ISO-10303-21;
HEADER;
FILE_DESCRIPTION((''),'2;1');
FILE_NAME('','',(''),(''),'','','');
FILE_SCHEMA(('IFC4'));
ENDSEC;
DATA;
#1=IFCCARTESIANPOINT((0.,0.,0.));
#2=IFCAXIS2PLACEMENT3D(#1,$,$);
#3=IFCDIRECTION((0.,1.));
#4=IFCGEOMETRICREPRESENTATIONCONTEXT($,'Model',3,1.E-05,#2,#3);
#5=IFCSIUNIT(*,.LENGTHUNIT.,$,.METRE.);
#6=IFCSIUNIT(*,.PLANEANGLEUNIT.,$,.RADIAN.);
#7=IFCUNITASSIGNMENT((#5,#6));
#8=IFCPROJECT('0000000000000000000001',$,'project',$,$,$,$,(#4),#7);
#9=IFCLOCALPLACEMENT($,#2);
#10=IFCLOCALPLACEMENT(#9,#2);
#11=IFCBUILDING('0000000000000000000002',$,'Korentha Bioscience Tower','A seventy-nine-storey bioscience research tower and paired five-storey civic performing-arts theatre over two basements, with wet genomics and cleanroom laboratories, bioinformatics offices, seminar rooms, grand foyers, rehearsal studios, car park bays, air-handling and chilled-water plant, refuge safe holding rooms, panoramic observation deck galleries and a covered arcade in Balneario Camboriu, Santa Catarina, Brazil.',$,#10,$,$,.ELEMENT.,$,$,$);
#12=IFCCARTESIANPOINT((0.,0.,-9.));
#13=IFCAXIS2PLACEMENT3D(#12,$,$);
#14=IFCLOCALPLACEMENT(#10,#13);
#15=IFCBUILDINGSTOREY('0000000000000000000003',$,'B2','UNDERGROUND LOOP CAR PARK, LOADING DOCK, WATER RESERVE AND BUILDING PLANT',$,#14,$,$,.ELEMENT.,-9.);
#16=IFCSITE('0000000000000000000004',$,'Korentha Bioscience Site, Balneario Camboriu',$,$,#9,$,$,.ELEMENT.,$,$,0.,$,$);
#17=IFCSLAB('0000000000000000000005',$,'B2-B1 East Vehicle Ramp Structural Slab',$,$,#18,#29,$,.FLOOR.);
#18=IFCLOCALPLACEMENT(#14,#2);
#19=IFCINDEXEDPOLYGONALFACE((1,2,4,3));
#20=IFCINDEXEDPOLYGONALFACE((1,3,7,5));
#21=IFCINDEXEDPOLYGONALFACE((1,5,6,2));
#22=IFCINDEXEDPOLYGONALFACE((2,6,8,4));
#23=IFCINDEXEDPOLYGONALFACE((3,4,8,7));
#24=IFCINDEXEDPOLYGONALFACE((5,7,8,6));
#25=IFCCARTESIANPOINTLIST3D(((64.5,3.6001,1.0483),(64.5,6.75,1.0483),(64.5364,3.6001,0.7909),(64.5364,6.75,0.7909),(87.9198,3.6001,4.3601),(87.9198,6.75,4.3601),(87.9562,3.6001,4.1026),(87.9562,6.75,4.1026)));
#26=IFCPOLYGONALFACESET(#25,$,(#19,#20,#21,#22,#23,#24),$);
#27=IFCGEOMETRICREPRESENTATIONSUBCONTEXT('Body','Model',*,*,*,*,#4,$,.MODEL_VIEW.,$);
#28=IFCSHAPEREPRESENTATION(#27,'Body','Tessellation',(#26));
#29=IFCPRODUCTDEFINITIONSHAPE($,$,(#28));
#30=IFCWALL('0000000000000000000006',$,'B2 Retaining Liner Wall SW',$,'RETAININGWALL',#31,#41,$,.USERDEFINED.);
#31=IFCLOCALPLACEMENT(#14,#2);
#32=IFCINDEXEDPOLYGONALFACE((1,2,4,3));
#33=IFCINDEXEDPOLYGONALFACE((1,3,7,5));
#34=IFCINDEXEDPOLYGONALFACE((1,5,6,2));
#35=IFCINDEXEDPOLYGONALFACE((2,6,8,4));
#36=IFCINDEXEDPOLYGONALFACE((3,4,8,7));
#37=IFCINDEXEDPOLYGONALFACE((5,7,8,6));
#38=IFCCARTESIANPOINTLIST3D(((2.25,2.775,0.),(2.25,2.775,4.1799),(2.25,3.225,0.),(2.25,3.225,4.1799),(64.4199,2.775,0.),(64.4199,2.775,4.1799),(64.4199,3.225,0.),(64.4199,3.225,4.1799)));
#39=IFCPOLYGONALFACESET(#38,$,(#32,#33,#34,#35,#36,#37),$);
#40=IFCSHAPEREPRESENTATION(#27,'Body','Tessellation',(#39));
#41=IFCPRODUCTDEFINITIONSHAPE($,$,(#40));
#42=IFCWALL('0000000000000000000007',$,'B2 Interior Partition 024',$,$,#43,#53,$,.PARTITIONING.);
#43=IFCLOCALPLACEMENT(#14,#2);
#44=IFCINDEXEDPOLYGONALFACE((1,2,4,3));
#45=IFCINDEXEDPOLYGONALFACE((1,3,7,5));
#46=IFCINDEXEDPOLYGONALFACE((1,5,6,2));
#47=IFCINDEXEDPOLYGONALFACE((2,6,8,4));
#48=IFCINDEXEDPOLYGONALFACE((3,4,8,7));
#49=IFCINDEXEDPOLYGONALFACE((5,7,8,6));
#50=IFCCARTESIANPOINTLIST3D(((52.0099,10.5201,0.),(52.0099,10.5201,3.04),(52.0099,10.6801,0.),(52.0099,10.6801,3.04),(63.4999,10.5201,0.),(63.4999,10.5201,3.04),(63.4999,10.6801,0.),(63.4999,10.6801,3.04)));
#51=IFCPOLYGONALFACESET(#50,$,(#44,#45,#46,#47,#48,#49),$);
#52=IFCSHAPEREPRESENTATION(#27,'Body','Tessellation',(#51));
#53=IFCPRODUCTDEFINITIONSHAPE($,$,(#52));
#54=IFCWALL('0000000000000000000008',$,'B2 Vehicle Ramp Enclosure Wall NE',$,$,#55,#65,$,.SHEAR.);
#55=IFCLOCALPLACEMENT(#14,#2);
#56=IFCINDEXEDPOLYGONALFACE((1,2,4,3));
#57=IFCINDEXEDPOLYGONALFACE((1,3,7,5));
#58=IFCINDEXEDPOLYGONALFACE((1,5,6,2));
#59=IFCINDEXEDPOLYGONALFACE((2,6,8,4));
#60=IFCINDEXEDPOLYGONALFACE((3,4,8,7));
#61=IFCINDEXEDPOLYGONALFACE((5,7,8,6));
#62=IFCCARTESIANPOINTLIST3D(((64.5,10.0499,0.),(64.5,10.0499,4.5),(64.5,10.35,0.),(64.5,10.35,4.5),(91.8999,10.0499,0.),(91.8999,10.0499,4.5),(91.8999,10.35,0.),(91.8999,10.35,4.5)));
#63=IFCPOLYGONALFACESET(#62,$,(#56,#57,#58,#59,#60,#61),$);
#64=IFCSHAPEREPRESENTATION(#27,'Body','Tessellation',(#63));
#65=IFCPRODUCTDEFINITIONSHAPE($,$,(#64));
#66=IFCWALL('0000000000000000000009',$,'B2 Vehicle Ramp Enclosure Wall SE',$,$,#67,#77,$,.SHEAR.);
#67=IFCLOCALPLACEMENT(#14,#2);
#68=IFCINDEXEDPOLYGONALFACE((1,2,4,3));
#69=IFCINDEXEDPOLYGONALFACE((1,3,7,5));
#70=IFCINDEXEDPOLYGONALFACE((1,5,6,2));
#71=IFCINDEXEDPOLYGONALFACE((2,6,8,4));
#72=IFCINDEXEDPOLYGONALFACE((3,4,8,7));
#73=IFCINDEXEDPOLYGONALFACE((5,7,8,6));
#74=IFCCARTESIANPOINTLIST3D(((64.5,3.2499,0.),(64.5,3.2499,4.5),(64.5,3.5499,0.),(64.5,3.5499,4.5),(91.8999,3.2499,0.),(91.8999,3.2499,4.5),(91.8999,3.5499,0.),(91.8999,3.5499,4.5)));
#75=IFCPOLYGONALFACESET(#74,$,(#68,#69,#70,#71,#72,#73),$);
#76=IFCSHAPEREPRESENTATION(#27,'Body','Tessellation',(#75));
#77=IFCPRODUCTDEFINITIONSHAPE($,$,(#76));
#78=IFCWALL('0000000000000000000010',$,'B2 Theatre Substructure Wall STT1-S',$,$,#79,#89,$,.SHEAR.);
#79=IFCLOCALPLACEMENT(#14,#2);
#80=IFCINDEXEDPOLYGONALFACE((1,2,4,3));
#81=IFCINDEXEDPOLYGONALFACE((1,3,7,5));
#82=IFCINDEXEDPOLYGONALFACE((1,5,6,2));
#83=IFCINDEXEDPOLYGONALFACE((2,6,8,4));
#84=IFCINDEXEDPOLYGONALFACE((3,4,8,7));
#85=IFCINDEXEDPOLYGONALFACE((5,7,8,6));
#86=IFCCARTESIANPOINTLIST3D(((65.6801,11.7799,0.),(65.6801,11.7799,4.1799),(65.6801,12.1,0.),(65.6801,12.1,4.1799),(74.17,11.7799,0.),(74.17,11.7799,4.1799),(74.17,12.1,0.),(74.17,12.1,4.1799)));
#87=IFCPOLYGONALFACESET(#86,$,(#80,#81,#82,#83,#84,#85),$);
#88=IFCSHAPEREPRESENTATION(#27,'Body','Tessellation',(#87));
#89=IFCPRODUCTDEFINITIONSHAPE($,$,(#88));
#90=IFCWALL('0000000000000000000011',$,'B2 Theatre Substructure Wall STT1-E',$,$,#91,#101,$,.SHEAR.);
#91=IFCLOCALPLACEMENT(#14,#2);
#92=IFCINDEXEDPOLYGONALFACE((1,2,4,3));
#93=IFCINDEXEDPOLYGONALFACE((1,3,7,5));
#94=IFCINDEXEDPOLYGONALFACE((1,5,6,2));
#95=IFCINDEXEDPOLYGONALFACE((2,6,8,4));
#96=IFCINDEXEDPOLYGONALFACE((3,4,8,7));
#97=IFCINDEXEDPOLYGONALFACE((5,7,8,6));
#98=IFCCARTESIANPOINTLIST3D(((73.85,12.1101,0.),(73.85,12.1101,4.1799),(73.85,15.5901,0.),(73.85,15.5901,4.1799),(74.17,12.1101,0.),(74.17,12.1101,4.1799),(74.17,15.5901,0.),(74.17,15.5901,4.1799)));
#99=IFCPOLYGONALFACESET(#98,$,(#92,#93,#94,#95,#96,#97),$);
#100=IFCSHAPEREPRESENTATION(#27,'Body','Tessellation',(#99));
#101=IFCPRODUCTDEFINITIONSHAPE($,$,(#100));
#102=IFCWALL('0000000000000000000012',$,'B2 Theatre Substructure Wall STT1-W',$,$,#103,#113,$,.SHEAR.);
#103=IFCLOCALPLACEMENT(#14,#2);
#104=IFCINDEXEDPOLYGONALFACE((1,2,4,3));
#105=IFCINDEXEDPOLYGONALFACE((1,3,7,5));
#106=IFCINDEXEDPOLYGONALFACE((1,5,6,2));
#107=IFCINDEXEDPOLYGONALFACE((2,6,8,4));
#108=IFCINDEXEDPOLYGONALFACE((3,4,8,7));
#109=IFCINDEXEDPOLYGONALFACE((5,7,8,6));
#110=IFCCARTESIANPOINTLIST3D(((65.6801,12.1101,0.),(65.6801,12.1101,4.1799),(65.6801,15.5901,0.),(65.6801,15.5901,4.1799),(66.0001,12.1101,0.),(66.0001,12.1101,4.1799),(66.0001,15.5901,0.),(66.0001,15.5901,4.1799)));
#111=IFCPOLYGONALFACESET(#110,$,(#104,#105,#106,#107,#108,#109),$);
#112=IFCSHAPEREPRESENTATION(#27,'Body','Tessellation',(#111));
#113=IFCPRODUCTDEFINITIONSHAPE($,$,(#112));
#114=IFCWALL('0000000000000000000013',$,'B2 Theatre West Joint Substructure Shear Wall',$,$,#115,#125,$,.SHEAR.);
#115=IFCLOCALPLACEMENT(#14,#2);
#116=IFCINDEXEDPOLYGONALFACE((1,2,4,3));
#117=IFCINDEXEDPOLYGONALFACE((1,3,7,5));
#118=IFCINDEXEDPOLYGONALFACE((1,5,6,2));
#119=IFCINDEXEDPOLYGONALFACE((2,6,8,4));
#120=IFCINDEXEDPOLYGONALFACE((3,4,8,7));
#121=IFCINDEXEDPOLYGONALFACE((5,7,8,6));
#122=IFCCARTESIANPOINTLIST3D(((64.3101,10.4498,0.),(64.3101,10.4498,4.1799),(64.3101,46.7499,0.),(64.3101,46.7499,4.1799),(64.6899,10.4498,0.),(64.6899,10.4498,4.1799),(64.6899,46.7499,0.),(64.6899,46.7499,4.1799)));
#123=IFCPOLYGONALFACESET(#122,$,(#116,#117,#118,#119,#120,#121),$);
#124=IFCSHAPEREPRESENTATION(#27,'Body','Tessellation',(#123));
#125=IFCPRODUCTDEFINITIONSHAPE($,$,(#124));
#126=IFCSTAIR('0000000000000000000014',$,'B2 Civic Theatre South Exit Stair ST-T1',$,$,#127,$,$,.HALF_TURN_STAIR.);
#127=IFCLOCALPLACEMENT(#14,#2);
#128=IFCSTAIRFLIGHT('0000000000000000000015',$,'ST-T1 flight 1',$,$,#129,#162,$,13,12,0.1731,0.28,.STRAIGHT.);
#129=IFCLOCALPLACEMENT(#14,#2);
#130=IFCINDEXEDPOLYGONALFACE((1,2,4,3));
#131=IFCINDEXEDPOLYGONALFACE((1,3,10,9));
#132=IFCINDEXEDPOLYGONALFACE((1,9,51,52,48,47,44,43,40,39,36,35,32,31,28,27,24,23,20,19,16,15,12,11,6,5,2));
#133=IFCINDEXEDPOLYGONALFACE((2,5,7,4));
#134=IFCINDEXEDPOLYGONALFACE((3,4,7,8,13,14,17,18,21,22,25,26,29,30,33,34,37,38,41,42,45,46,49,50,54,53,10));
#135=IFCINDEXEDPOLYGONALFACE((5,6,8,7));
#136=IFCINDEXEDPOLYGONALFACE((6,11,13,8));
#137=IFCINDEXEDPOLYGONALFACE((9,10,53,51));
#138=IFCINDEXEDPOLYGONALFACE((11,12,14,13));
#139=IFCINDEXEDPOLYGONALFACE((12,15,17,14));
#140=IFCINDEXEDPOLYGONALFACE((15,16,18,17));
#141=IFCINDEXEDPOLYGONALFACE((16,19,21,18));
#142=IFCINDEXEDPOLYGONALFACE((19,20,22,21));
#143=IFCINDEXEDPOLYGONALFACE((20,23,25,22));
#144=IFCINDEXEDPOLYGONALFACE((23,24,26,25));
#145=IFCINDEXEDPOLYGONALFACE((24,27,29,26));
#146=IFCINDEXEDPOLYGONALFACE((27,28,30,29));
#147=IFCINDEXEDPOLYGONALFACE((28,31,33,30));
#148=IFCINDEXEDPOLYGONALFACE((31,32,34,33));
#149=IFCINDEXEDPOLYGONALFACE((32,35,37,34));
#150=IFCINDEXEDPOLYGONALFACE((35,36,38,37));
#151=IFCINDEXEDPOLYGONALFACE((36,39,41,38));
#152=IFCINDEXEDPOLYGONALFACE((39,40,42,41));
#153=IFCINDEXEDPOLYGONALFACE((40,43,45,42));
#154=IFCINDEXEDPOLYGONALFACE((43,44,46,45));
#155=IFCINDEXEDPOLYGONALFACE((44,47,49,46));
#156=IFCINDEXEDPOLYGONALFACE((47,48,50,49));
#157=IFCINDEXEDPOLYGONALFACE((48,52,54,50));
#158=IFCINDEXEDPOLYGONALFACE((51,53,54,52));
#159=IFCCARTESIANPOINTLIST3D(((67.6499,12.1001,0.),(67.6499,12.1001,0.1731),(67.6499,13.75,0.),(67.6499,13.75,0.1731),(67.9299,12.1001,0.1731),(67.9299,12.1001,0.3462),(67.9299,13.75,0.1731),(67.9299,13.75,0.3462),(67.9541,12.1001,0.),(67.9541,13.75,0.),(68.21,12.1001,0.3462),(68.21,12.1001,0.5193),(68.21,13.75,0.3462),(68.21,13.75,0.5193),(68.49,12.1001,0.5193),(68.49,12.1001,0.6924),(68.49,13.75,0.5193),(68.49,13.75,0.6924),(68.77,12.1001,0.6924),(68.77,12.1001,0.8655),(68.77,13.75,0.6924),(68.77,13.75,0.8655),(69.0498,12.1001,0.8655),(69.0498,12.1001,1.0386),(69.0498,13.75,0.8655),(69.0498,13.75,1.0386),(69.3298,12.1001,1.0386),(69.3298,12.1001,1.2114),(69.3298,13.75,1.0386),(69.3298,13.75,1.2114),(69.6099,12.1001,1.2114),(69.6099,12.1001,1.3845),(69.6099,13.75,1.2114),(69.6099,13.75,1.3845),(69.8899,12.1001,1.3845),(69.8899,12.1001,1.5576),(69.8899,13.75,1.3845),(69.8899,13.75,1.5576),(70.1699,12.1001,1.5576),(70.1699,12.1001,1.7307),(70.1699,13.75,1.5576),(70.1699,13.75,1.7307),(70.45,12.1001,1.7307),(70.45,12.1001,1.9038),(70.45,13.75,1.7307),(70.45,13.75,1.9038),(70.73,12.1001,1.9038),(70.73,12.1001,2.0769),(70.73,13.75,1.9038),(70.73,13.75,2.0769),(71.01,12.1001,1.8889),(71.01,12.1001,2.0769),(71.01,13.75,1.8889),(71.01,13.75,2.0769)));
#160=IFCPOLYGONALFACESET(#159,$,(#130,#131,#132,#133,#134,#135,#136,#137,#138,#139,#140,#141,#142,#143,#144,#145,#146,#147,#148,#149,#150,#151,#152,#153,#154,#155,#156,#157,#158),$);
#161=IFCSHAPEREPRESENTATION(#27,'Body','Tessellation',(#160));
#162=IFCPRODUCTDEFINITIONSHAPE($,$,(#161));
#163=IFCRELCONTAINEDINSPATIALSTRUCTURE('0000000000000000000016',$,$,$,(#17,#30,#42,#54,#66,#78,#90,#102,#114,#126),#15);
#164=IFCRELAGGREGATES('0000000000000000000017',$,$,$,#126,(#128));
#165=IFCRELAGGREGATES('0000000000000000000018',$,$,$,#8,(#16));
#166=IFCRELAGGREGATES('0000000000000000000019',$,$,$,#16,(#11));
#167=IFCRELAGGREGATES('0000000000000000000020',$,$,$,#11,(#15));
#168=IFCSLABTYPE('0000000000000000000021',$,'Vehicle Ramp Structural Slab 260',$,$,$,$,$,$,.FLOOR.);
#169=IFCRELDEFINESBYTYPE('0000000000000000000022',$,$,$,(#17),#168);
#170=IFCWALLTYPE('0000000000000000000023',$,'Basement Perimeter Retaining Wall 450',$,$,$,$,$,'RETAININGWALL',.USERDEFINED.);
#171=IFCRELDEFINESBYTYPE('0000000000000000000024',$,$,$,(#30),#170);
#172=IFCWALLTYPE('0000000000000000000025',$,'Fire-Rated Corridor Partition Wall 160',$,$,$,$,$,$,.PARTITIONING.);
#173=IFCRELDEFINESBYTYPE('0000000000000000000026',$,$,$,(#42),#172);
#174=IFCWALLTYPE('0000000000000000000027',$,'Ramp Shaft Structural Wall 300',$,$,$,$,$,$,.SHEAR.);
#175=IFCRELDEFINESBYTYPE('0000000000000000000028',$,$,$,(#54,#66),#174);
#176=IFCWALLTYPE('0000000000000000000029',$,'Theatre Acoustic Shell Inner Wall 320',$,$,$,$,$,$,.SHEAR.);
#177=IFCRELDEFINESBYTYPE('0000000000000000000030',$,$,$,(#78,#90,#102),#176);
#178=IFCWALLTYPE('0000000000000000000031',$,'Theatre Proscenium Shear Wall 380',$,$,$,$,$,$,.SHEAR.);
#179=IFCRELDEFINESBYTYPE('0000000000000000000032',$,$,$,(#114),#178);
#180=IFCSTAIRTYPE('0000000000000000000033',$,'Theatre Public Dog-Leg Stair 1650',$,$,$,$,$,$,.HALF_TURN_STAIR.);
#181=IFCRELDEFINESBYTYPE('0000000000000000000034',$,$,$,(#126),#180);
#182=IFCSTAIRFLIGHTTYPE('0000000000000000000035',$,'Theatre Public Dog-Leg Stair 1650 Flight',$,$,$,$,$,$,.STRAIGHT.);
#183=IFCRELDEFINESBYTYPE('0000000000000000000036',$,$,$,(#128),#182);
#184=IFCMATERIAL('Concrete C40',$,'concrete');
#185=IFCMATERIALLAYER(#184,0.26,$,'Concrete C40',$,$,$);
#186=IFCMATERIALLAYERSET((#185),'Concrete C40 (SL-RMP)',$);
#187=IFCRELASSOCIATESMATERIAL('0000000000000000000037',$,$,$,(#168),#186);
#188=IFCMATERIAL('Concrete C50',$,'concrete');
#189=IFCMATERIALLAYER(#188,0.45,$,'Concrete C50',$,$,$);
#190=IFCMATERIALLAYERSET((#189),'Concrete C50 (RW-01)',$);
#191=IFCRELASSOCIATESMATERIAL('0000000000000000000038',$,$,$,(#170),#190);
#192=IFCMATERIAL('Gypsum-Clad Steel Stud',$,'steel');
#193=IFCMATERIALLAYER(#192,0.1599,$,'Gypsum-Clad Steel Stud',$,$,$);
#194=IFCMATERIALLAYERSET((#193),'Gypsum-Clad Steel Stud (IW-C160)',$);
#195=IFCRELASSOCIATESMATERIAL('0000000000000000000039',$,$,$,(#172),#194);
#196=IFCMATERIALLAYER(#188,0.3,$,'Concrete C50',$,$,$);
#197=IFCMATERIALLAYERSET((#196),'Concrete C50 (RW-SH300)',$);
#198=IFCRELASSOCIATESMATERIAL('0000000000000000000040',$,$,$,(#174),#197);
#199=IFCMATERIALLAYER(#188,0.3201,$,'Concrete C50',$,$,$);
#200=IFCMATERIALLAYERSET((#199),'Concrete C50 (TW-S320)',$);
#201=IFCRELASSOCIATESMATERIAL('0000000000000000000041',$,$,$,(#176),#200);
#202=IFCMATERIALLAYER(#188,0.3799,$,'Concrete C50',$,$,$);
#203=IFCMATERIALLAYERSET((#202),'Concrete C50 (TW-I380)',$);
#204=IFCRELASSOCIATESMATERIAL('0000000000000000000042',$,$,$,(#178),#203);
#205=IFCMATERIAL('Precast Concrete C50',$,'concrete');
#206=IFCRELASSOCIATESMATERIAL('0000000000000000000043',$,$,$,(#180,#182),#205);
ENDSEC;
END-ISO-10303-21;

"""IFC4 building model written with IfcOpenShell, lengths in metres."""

from ifc_helpers import new_model, si_unit, direction, frame, frame_2d, origin, place, context, subcontext, project, spatial, polyline, rectangle, outline, extrude, material, layer, layer_set, type_object, element, aggregate, save


model = new_model("IFC4")

# Units and contexts
model_context = context("Model", 3, precision=1e-05, world=origin(), true_north=direction((0.0, 1.0)))
body_context = subcontext(model_context, "Body", "Model", "MODEL_VIEW")
ifc_project = project(units=[si_unit("LENGTHUNIT", "METRE"), si_unit("PLANEANGLEUNIT", "RADIAN")], contexts=[model_context])

# Site, building, storey
site_placement = place(None, origin())
site = spatial("IfcSite", under=ifc_project, at=site_placement, Name="Korentha Bioscience Site, Balneario Camboriu", CompositionType="ELEMENT", RefElevation=0.0)
building_placement = place(site_placement, origin())
building = spatial("IfcBuilding", under=site, at=building_placement, Name="Korentha Bioscience Tower", Description="A seventy-nine-storey bioscience research tower and paired five-storey civic performing-arts theatre over two basements, with wet genomics and cleanroom laboratories, bioinformatics offices, seminar rooms, grand foyers, rehearsal studios, car park bays, air-handling and chilled-water plant, refuge safe holding rooms, panoramic observation deck galleries and a covered arcade in Balneario Camboriu, Santa Catarina, Brazil.", CompositionType="ELEMENT")
storey_placement = place(building_placement, frame((0.0, 0.0, -9.0)))
storey = spatial("IfcBuildingStorey", under=building, at=storey_placement, Name="B2", Description="UNDERGROUND LOOP CAR PARK, LOADING DOCK, WATER RESERVE AND BUILDING PLANT", CompositionType="ELEMENT", Elevation=-9.0)

# Shared definitions
ifc_material_1 = material(Name="Concrete C50", Category="concrete")

# Slab
ifc_material_2 = material(Name="Concrete C40", Category="concrete")
ifc_layer_1 = layer(ifc_material_2, 0.26, Name="Concrete C40")
ifc_layer_set_1 = layer_set([ifc_layer_1], Name="Concrete C40 (SL-RMP)")
slab_type = type_object("IfcSlabType", Name="Vehicle Ramp Structural Slab 260", PredefinedType="FLOOR", material=ifc_layer_set_1)
slab_1_placement = place(storey_placement, frame((64.5, 3.6001, 1.0483), z_axis=(-0.140015, 0.0, 0.990149), x_axis=(0.990149, 0.0, 0.140015)))
element("IfcSlab", 1, at=slab_1_placement, inside=storey, type_object=slab_type, Name="B2-B1 East Vehicle Ramp Structural Slab", PredefinedType="FLOOR", context=body_context, shape_type="SweptSolid", body=[
    extrude(outline(polyline([(0.0, 0.0), (23.6528, 0.0), (23.6528, 3.1499), (0.0, 3.1499), (0.0, 0.0)])), origin(), (0.0, 0.0, -1.0), 0.26),
])

# Walls
ifc_layer_2 = layer(ifc_material_1, 0.45, Name="Concrete C50")
ifc_layer_set_2 = layer_set([ifc_layer_2], Name="Concrete C50 (RW-01)")
wall_type_1 = type_object("IfcWallType", Name="Basement Perimeter Retaining Wall 450", ElementType="RETAININGWALL", PredefinedType="USERDEFINED", material=ifc_layer_set_2)
wall_1_placement = place(storey_placement, frame((64.4199, 3.0, 0.0), z_axis=(0.0, 0.0, 1.0), x_axis=(-1.0, 0.0, 0.0)))
element("IfcWall", 2, at=wall_1_placement, inside=storey, type_object=wall_type_1, Name="B2 Retaining Liner Wall SW", ObjectType="RETAININGWALL", PredefinedType="USERDEFINED", context=body_context, shape_type="SweptSolid", body=[
    extrude(rectangle(XDim=62.1699, YDim=0.45, at=frame_2d((31.085, 0.0))), origin(), (0.0, 0.0, 1.0), 4.1799),
])
ifc_material_3 = material(Name="Gypsum-Clad Steel Stud", Category="steel")
ifc_layer_3 = layer(ifc_material_3, 0.1599, Name="Gypsum-Clad Steel Stud")
ifc_layer_set_3 = layer_set([ifc_layer_3], Name="Gypsum-Clad Steel Stud (IW-C160)")
wall_type_2 = type_object("IfcWallType", Name="Fire-Rated Corridor Partition Wall 160", PredefinedType="PARTITIONING", material=ifc_layer_set_3)
wall_2_placement = place(storey_placement, frame((63.5, 10.6001, 0.0), z_axis=(0.0, 0.0, 1.0), x_axis=(-1.0, 0.0, 0.0)))
element("IfcWall", 3, at=wall_2_placement, inside=storey, type_object=wall_type_2, Name="B2 Interior Partition 024", PredefinedType="PARTITIONING", context=body_context, shape_type="SweptSolid", body=[
    extrude(rectangle(XDim=11.49, YDim=0.1599, at=frame_2d((5.7451, 0.0))), origin(), (0.0, 0.0, 1.0), 3.04),
])
ifc_layer_4 = layer(ifc_material_1, 0.3, Name="Concrete C50")
ifc_layer_set_4 = layer_set([ifc_layer_4], Name="Concrete C50 (RW-SH300)")
wall_type_3 = type_object("IfcWallType", Name="Ramp Shaft Structural Wall 300", PredefinedType="SHEAR", material=ifc_layer_set_4)
for number, where, z_axis, x_axis, name in (
    (4, (64.5, 10.2, 0.0), (0.0, 0.0, 1.0), (1.0, 0.0, 0.0), "B2 Vehicle Ramp Enclosure Wall NE"),
    (5, (64.5, 3.3999, 0.0), (0.0, 0.0, 1.0), (1.0, 0.0, 0.0), "B2 Vehicle Ramp Enclosure Wall SE"),
):
    element("IfcWall", number, at=place(storey_placement, frame(where, z_axis=z_axis, x_axis=x_axis)), inside=storey, type_object=wall_type_3, Name=name, PredefinedType="SHEAR", context=body_context, shape_type="SweptSolid", body=[
        extrude(rectangle(XDim=27.3999, YDim=0.3, at=frame_2d((13.7, 0.0))), origin(), (0.0, 0.0, 1.0), 4.5),
    ])
ifc_layer_5 = layer(ifc_material_1, 0.3201, Name="Concrete C50")
ifc_layer_set_5 = layer_set([ifc_layer_5], Name="Concrete C50 (TW-S320)")
wall_type_4 = type_object("IfcWallType", Name="Theatre Acoustic Shell Inner Wall 320", PredefinedType="SHEAR", material=ifc_layer_set_5)
wall_3_placement = place(storey_placement, frame((65.6799, 11.9399, 0.0), z_axis=(0.0, 0.0, 1.0), x_axis=(1.0, 0.0, 0.0)))
element("IfcWall", 6, at=wall_3_placement, inside=storey, type_object=wall_type_4, Name="B2 Theatre Substructure Wall STT1-S", PredefinedType="SHEAR", context=body_context, shape_type="SweptSolid", body=[
    extrude(rectangle(XDim=8.49, YDim=0.3201, at=frame_2d((4.2451, 0.0))), origin(), (0.0, 0.0, 1.0), 4.1799),
])
for number, where, z_axis, x_axis, name in (
    (7, (74.01, 12.1101, 0.0), (0.0, 0.0, 1.0), (0.0, 1.0, 0.0), "B2 Theatre Substructure Wall STT1-E"),
    (8, (65.8401, 12.1101, 0.0), (0.0, 0.0, 1.0), (0.0, 1.0, 0.0), "B2 Theatre Substructure Wall STT1-W"),
):
    element("IfcWall", number, at=place(storey_placement, frame(where, z_axis=z_axis, x_axis=x_axis)), inside=storey, type_object=wall_type_4, Name=name, PredefinedType="SHEAR", context=body_context, shape_type="SweptSolid", body=[
        extrude(rectangle(XDim=3.48, YDim=0.3201, at=frame_2d((1.74, 0.0))), origin(), (0.0, 0.0, 1.0), 4.1799),
    ])
ifc_layer_6 = layer(ifc_material_1, 0.3799, Name="Concrete C50")
ifc_layer_set_6 = layer_set([ifc_layer_6], Name="Concrete C50 (TW-I380)")
wall_type_5 = type_object("IfcWallType", Name="Theatre Proscenium Shear Wall 380", PredefinedType="SHEAR", material=ifc_layer_set_6)
wall_4_placement = place(storey_placement, frame((64.5, 10.45, 0.0), z_axis=(0.0, 0.0, 1.0), x_axis=(0.0, 1.0, 0.0)))
element("IfcWall", 9, at=wall_4_placement, inside=storey, type_object=wall_type_5, Name="B2 Theatre West Joint Substructure Shear Wall", PredefinedType="SHEAR", context=body_context, shape_type="SweptSolid", body=[
    extrude(rectangle(XDim=36.3, YDim=0.3799, at=frame_2d((18.1499, 0.0))), origin(), (0.0, 0.0, 1.0), 4.1799),
])

# Stair, stair flight
ifc_material_4 = material(Name="Precast Concrete C50", Category="concrete")
stair_type = type_object("IfcStairType", Name="Theatre Public Dog-Leg Stair 1650", PredefinedType="HALF_TURN_STAIR", material=ifc_material_4)
stair_placement = place(storey_placement, origin())
stair = element("IfcStair", 10, at=stair_placement, inside=storey, type_object=stair_type, Name="B2 Civic Theatre South Exit Stair ST-T1", PredefinedType="HALF_TURN_STAIR")
stair_flight_type = type_object("IfcStairFlightType", Name="Theatre Public Dog-Leg Stair 1650 Flight", PredefinedType="STRAIGHT", material=ifc_material_4)
stair_flight_placement = place(storey_placement, frame((67.6499, 12.925, 0.0), z_axis=(0.0, 0.0, 1.0), x_axis=(1.0, 0.0, 0.0)))
stair_flight = element("IfcStairFlight", 11, at=stair_flight_placement, type_object=stair_flight_type, Name="ST-T1 flight 1", NumberOfRisers=13, NumberOfTreads=12, PredefinedType="STRAIGHT", RiserHeight=0.1731, TreadLength=0.28, context=body_context, shape_type="SweptSolid", body=[
    extrude(outline(polyline([(0.0, 0.0), (0.0, 0.1731), (0.28, 0.1731), (0.28, 0.3462), (0.5601, 0.3462), (0.5601, 0.5193), (0.8401, 0.5193), (0.8401, 0.6924), (1.1201, 0.6924), (1.1201, 0.8655), (1.3999, 0.8655), (1.3999, 1.0386), (1.6799, 1.0386), (1.6799, 1.2114), (1.96, 1.2114), (1.96, 1.3845), (2.24, 1.3845), (2.24, 1.5576), (2.52, 1.5576), (2.52, 1.7307), (2.8, 1.7307), (2.8, 1.9038), (3.0801, 1.9038), (3.0801, 2.0769), (3.3601, 2.0769), (3.3601, 2.25), (3.3601, 1.8889), (0.3042, 0.0), (0.0, 0.0)])), frame((0.0, 0.825, 0.0), z_axis=(0.0, -1.0, 0.0), x_axis=(1.0, 0.0, 0.0)), (0.0, 0.0, 1.0), 1.6499),
])
aggregate(stair, [stair_flight])

save(model, "model.ifc")
